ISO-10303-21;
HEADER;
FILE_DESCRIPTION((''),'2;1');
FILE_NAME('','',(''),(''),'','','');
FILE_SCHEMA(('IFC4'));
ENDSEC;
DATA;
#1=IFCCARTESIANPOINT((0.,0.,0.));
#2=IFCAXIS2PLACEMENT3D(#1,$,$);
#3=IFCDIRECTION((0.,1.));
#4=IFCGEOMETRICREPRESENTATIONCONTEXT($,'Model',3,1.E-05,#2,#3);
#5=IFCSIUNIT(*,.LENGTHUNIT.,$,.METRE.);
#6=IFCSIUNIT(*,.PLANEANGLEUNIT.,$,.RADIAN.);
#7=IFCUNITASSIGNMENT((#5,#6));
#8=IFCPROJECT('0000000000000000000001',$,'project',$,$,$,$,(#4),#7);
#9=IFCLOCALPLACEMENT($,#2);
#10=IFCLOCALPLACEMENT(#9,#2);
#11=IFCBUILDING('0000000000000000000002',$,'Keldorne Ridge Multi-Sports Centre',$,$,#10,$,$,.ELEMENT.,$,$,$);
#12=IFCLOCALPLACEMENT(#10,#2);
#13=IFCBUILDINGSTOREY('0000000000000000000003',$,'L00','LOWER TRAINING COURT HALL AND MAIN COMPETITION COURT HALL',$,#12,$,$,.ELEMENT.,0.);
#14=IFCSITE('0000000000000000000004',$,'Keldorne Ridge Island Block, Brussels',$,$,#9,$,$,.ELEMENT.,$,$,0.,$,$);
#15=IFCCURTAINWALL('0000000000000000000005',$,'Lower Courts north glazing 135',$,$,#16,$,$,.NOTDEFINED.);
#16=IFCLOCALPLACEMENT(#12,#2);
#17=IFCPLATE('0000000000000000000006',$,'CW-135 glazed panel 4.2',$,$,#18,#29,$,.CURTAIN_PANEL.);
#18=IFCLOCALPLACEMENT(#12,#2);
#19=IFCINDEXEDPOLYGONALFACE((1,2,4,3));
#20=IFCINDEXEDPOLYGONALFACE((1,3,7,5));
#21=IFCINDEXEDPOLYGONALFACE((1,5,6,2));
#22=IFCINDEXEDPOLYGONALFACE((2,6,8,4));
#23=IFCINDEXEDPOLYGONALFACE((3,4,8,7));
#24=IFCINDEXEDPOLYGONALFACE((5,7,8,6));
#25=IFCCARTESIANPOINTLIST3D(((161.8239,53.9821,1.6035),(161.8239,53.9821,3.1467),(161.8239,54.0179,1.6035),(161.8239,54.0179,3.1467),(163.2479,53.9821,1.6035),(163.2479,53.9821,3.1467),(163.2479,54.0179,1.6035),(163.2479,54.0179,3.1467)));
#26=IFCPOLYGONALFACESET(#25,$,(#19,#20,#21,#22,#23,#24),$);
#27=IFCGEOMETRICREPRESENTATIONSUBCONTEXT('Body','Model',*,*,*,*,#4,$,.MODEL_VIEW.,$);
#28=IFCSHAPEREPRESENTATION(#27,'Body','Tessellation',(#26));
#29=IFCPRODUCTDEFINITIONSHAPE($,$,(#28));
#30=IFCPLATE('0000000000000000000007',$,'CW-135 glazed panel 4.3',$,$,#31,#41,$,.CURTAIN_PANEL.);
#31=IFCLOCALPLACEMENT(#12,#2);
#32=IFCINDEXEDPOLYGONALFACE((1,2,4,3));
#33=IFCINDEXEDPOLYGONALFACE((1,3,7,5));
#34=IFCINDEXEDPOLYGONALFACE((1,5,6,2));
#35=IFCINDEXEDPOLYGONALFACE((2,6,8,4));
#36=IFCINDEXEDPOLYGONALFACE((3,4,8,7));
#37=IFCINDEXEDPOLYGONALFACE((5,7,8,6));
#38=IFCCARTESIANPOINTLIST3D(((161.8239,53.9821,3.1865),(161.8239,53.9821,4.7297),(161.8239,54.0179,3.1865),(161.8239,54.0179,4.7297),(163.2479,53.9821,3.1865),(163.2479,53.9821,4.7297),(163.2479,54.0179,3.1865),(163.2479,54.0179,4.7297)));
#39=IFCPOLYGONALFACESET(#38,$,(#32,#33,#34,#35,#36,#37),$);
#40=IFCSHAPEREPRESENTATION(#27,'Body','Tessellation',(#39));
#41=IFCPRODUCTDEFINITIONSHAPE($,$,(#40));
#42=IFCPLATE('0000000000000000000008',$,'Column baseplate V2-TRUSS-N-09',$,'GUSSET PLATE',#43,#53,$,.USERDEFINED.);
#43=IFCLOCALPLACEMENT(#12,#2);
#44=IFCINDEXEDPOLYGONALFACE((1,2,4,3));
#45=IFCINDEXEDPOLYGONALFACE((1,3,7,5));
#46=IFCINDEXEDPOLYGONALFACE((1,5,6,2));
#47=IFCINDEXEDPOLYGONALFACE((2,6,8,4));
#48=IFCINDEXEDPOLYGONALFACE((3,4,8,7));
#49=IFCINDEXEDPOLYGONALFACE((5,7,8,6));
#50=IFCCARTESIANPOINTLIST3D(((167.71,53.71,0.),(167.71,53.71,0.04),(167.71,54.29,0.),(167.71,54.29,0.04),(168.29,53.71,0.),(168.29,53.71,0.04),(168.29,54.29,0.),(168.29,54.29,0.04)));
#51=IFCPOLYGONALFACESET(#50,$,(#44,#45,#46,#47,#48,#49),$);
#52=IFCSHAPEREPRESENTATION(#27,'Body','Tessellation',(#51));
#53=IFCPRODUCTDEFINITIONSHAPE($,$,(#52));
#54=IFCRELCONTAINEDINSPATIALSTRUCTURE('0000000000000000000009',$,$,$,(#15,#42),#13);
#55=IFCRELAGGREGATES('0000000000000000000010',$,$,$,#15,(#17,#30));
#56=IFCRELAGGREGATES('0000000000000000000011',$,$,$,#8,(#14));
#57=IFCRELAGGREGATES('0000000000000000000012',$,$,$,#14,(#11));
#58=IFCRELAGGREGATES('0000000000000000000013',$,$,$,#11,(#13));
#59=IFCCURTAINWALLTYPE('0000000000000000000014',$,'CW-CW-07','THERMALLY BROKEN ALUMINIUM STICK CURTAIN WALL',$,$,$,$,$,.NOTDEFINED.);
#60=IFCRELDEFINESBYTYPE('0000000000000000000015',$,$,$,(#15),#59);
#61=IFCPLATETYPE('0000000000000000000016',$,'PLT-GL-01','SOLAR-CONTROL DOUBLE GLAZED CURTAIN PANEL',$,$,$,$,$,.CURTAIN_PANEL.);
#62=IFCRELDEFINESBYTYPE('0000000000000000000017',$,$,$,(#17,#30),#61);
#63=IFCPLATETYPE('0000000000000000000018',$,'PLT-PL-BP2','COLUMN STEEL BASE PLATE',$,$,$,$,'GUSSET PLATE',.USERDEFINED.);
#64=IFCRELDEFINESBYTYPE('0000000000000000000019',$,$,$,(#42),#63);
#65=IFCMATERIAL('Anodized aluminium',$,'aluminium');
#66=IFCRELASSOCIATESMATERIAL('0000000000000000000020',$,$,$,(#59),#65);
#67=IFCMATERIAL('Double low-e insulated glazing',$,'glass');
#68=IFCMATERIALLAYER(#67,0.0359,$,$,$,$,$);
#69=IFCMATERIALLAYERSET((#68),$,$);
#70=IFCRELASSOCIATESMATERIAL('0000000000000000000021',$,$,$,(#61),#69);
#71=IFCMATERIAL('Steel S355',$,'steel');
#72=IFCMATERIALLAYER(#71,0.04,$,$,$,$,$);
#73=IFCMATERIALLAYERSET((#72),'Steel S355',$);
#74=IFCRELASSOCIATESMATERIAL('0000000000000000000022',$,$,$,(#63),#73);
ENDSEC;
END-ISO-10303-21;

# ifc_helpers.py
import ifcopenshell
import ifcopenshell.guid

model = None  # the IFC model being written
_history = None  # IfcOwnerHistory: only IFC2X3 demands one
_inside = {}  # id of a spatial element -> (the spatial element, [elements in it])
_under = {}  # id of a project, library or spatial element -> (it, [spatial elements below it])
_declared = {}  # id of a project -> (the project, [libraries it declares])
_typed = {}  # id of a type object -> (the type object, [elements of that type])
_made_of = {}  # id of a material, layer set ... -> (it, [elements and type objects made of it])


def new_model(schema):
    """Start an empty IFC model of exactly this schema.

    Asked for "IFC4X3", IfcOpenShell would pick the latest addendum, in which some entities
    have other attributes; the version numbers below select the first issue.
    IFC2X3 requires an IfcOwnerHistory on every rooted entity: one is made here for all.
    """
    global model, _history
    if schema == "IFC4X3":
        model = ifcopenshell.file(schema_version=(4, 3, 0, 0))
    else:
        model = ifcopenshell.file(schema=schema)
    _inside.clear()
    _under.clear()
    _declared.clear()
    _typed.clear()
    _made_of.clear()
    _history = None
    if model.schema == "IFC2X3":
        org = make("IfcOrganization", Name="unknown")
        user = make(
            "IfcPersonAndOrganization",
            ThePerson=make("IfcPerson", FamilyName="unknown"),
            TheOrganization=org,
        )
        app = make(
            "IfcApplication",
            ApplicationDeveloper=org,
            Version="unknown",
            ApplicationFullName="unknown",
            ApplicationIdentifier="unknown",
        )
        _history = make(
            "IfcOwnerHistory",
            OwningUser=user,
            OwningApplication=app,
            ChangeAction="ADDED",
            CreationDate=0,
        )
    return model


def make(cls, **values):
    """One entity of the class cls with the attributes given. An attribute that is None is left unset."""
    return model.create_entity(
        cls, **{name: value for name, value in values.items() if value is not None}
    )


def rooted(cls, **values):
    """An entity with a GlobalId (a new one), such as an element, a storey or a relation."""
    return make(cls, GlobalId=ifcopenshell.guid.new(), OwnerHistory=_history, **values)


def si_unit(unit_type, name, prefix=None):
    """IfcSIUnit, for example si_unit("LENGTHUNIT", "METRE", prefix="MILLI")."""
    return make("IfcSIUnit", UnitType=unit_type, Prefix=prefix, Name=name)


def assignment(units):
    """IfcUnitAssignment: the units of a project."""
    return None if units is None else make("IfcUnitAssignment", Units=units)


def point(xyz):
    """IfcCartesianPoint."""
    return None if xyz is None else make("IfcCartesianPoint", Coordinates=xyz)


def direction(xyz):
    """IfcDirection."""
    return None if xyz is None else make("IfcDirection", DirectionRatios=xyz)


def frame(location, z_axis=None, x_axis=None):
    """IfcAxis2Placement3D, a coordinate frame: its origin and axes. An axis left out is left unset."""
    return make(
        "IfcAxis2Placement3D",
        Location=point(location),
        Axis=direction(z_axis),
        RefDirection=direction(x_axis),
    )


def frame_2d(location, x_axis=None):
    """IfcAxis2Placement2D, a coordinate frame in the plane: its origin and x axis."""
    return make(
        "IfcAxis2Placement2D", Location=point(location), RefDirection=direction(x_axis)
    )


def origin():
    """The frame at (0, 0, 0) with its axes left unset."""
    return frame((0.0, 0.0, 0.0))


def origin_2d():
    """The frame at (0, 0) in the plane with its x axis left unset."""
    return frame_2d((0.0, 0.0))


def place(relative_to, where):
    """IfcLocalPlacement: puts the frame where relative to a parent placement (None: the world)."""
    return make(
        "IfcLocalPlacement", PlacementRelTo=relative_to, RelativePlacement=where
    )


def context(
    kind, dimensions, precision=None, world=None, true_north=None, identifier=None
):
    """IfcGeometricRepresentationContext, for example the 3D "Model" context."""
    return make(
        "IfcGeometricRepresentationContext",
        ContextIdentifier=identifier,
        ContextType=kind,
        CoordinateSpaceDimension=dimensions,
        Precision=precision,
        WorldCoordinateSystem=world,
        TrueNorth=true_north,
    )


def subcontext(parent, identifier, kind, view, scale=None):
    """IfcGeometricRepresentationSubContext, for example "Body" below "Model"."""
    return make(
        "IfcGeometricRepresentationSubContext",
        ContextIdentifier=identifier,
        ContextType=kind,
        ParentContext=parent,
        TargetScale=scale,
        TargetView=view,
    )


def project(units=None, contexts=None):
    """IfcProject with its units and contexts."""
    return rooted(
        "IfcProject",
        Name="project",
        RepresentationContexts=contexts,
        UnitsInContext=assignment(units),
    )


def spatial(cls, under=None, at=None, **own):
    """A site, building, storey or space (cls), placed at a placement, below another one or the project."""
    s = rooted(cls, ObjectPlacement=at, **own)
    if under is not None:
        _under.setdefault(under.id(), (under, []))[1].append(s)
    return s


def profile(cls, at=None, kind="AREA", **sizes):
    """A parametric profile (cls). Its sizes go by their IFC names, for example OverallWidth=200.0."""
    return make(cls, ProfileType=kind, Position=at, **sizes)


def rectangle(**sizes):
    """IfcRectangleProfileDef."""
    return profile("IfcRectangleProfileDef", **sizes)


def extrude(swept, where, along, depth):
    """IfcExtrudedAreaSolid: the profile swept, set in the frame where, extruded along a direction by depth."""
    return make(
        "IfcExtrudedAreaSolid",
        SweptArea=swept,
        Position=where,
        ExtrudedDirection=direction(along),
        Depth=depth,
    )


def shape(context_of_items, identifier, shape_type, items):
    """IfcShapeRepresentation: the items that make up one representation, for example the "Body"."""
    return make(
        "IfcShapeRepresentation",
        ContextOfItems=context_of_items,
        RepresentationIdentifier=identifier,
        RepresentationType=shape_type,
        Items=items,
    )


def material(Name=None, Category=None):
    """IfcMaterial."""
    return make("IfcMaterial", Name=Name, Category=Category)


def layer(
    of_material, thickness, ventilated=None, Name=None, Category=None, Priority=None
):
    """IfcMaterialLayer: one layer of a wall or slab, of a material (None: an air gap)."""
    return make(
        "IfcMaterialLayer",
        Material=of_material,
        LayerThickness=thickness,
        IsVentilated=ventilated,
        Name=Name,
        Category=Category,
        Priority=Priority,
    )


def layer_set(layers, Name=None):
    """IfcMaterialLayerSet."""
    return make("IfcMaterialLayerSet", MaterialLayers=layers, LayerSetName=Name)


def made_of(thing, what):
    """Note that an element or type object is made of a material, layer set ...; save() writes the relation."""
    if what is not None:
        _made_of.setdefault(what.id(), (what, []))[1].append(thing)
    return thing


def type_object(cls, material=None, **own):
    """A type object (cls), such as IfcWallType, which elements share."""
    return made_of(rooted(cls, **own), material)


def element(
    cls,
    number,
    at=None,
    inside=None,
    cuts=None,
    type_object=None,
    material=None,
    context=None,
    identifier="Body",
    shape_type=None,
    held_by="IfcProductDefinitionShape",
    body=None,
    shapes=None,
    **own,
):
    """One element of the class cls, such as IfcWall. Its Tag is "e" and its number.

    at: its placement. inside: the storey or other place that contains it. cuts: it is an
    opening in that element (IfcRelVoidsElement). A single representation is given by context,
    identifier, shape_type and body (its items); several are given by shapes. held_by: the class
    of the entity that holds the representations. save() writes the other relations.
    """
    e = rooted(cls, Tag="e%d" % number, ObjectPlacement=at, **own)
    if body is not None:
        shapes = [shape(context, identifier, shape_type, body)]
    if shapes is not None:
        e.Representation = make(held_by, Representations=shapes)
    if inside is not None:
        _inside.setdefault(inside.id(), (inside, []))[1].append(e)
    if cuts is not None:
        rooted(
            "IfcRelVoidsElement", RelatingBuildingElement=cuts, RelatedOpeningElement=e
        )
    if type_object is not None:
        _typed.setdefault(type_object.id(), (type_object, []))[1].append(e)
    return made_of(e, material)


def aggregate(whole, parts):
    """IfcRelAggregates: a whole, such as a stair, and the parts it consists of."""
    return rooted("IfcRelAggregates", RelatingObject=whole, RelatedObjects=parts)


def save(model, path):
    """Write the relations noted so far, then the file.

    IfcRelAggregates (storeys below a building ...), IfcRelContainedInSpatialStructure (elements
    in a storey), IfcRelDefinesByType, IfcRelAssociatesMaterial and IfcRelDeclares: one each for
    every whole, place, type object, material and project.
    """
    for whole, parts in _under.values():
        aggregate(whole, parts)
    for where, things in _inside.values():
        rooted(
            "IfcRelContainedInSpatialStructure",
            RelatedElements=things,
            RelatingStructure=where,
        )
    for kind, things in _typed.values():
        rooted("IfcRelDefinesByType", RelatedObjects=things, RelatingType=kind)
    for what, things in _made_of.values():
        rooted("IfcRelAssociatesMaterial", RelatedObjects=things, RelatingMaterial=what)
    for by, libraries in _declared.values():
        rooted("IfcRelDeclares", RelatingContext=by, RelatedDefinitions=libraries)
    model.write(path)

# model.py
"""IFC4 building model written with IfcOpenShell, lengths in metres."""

from ifc_helpers import new_model, si_unit, direction, frame, origin, origin_2d, place, context, subcontext, project, spatial, rectangle, extrude, material, layer, layer_set, type_object, element, aggregate, save


model = new_model("IFC4")

# Units and contexts
model_context = context("Model", 3, precision=1e-05, world=origin(), true_north=direction((0.0, 1.0)))
body_context = subcontext(model_context, "Body", "Model", "MODEL_VIEW")
ifc_project = project(units=[si_unit("LENGTHUNIT", "METRE"), si_unit("PLANEANGLEUNIT", "RADIAN")], contexts=[model_context])

# Site, building, storey
site_placement = place(None, origin())
site = spatial("IfcSite", under=ifc_project, at=site_placement, Name="Keldorne Ridge Island Block, Brussels", CompositionType="ELEMENT", RefElevation=0.0)
building_placement = place(site_placement, origin())
building = spatial("IfcBuilding", under=site, at=building_placement, Name="Keldorne Ridge Multi-Sports Centre", CompositionType="ELEMENT")
storey_placement = place(building_placement, origin())
storey = spatial("IfcBuildingStorey", under=building, at=storey_placement, Name="L00", Description="LOWER TRAINING COURT HALL AND MAIN COMPETITION COURT HALL", CompositionType="ELEMENT", Elevation=0.0)

# Shared definitions
ifc_material_1 = material(Name="Steel S355", Category="steel")

# Curtain wall, plates
ifc_material_2 = material(Name="Anodized aluminium", Category="aluminium")
curtain_wall_type = type_object("IfcCurtainWallType", Name="CW-CW-07", Description="THERMALLY BROKEN ALUMINIUM STICK CURTAIN WALL", PredefinedType="NOTDEFINED", material=ifc_material_2)
curtain_wall_placement = place(storey_placement, origin())
curtain_wall = element("IfcCurtainWall", 1, at=curtain_wall_placement, inside=storey, type_object=curtain_wall_type, Name="Lower Courts north glazing 135", PredefinedType="NOTDEFINED")
ifc_material_3 = material(Name="Double low-e insulated glazing", Category="glass")
ifc_layer_1 = layer(ifc_material_3, 0.0359)
ifc_layer_set_1 = layer_set([ifc_layer_1])
plate_type_1 = type_object("IfcPlateType", Name="PLT-GL-01", Description="SOLAR-CONTROL DOUBLE GLAZED CURTAIN PANEL", PredefinedType="CURTAIN_PANEL", material=ifc_layer_set_1)
plate_1_placement = place(storey_placement, frame((162.5359, 54.0, 1.6035), z_axis=(0.0, 0.0, 1.0), x_axis=(-1.0, 0.0, 0.0)))
plate_1 = element("IfcPlate", 2, at=plate_1_placement, type_object=plate_type_1, Name="CW-135 glazed panel 4.2", PredefinedType="CURTAIN_PANEL", context=body_context, shape_type="SweptSolid", body=[
    extrude(rectangle(XDim=1.4241, YDim=0.0359, at=origin_2d()), origin(), (0.0, 0.0, 1.0), 1.5432),
])
plate_2_placement = place(storey_placement, frame((162.5359, 54.0, 3.1865), z_axis=(0.0, 0.0, 1.0), x_axis=(-1.0, 0.0, 0.0)))
plate_2 = element("IfcPlate", 3, at=plate_2_placement, type_object=plate_type_1, Name="CW-135 glazed panel 4.3", PredefinedType="CURTAIN_PANEL", context=body_context, shape_type="SweptSolid", body=[
    extrude(rectangle(XDim=1.4241, YDim=0.0359, at=origin_2d()), origin(), (0.0, 0.0, 1.0), 1.5432),
])
aggregate(curtain_wall, [plate_1, plate_2])

# Plate
ifc_layer_2 = layer(ifc_material_1, 0.04)
ifc_layer_set_2 = layer_set([ifc_layer_2], Name="Steel S355")
plate_type_2 = type_object("IfcPlateType", Name="PLT-PL-BP2", Description="COLUMN STEEL BASE PLATE", ElementType="GUSSET PLATE", PredefinedType="USERDEFINED", material=ifc_layer_set_2)
plate_3_placement = place(storey_placement, frame((168.0, 54.0, 0.0), z_axis=(0.0, 0.0, 1.0), x_axis=(1.0, 0.0, 0.0)))
element("IfcPlate", 4, at=plate_3_placement, inside=storey, type_object=plate_type_2, Name="Column baseplate V2-TRUSS-N-09", ObjectType="GUSSET PLATE", PredefinedType="USERDEFINED", context=body_context, shape_type="SweptSolid", body=[
    extrude(rectangle(XDim=0.5801, YDim=0.5801, at=origin_2d()), origin(), (0.0, 0.0, 1.0), 0.04),
])

save(model, "model.ifc")
